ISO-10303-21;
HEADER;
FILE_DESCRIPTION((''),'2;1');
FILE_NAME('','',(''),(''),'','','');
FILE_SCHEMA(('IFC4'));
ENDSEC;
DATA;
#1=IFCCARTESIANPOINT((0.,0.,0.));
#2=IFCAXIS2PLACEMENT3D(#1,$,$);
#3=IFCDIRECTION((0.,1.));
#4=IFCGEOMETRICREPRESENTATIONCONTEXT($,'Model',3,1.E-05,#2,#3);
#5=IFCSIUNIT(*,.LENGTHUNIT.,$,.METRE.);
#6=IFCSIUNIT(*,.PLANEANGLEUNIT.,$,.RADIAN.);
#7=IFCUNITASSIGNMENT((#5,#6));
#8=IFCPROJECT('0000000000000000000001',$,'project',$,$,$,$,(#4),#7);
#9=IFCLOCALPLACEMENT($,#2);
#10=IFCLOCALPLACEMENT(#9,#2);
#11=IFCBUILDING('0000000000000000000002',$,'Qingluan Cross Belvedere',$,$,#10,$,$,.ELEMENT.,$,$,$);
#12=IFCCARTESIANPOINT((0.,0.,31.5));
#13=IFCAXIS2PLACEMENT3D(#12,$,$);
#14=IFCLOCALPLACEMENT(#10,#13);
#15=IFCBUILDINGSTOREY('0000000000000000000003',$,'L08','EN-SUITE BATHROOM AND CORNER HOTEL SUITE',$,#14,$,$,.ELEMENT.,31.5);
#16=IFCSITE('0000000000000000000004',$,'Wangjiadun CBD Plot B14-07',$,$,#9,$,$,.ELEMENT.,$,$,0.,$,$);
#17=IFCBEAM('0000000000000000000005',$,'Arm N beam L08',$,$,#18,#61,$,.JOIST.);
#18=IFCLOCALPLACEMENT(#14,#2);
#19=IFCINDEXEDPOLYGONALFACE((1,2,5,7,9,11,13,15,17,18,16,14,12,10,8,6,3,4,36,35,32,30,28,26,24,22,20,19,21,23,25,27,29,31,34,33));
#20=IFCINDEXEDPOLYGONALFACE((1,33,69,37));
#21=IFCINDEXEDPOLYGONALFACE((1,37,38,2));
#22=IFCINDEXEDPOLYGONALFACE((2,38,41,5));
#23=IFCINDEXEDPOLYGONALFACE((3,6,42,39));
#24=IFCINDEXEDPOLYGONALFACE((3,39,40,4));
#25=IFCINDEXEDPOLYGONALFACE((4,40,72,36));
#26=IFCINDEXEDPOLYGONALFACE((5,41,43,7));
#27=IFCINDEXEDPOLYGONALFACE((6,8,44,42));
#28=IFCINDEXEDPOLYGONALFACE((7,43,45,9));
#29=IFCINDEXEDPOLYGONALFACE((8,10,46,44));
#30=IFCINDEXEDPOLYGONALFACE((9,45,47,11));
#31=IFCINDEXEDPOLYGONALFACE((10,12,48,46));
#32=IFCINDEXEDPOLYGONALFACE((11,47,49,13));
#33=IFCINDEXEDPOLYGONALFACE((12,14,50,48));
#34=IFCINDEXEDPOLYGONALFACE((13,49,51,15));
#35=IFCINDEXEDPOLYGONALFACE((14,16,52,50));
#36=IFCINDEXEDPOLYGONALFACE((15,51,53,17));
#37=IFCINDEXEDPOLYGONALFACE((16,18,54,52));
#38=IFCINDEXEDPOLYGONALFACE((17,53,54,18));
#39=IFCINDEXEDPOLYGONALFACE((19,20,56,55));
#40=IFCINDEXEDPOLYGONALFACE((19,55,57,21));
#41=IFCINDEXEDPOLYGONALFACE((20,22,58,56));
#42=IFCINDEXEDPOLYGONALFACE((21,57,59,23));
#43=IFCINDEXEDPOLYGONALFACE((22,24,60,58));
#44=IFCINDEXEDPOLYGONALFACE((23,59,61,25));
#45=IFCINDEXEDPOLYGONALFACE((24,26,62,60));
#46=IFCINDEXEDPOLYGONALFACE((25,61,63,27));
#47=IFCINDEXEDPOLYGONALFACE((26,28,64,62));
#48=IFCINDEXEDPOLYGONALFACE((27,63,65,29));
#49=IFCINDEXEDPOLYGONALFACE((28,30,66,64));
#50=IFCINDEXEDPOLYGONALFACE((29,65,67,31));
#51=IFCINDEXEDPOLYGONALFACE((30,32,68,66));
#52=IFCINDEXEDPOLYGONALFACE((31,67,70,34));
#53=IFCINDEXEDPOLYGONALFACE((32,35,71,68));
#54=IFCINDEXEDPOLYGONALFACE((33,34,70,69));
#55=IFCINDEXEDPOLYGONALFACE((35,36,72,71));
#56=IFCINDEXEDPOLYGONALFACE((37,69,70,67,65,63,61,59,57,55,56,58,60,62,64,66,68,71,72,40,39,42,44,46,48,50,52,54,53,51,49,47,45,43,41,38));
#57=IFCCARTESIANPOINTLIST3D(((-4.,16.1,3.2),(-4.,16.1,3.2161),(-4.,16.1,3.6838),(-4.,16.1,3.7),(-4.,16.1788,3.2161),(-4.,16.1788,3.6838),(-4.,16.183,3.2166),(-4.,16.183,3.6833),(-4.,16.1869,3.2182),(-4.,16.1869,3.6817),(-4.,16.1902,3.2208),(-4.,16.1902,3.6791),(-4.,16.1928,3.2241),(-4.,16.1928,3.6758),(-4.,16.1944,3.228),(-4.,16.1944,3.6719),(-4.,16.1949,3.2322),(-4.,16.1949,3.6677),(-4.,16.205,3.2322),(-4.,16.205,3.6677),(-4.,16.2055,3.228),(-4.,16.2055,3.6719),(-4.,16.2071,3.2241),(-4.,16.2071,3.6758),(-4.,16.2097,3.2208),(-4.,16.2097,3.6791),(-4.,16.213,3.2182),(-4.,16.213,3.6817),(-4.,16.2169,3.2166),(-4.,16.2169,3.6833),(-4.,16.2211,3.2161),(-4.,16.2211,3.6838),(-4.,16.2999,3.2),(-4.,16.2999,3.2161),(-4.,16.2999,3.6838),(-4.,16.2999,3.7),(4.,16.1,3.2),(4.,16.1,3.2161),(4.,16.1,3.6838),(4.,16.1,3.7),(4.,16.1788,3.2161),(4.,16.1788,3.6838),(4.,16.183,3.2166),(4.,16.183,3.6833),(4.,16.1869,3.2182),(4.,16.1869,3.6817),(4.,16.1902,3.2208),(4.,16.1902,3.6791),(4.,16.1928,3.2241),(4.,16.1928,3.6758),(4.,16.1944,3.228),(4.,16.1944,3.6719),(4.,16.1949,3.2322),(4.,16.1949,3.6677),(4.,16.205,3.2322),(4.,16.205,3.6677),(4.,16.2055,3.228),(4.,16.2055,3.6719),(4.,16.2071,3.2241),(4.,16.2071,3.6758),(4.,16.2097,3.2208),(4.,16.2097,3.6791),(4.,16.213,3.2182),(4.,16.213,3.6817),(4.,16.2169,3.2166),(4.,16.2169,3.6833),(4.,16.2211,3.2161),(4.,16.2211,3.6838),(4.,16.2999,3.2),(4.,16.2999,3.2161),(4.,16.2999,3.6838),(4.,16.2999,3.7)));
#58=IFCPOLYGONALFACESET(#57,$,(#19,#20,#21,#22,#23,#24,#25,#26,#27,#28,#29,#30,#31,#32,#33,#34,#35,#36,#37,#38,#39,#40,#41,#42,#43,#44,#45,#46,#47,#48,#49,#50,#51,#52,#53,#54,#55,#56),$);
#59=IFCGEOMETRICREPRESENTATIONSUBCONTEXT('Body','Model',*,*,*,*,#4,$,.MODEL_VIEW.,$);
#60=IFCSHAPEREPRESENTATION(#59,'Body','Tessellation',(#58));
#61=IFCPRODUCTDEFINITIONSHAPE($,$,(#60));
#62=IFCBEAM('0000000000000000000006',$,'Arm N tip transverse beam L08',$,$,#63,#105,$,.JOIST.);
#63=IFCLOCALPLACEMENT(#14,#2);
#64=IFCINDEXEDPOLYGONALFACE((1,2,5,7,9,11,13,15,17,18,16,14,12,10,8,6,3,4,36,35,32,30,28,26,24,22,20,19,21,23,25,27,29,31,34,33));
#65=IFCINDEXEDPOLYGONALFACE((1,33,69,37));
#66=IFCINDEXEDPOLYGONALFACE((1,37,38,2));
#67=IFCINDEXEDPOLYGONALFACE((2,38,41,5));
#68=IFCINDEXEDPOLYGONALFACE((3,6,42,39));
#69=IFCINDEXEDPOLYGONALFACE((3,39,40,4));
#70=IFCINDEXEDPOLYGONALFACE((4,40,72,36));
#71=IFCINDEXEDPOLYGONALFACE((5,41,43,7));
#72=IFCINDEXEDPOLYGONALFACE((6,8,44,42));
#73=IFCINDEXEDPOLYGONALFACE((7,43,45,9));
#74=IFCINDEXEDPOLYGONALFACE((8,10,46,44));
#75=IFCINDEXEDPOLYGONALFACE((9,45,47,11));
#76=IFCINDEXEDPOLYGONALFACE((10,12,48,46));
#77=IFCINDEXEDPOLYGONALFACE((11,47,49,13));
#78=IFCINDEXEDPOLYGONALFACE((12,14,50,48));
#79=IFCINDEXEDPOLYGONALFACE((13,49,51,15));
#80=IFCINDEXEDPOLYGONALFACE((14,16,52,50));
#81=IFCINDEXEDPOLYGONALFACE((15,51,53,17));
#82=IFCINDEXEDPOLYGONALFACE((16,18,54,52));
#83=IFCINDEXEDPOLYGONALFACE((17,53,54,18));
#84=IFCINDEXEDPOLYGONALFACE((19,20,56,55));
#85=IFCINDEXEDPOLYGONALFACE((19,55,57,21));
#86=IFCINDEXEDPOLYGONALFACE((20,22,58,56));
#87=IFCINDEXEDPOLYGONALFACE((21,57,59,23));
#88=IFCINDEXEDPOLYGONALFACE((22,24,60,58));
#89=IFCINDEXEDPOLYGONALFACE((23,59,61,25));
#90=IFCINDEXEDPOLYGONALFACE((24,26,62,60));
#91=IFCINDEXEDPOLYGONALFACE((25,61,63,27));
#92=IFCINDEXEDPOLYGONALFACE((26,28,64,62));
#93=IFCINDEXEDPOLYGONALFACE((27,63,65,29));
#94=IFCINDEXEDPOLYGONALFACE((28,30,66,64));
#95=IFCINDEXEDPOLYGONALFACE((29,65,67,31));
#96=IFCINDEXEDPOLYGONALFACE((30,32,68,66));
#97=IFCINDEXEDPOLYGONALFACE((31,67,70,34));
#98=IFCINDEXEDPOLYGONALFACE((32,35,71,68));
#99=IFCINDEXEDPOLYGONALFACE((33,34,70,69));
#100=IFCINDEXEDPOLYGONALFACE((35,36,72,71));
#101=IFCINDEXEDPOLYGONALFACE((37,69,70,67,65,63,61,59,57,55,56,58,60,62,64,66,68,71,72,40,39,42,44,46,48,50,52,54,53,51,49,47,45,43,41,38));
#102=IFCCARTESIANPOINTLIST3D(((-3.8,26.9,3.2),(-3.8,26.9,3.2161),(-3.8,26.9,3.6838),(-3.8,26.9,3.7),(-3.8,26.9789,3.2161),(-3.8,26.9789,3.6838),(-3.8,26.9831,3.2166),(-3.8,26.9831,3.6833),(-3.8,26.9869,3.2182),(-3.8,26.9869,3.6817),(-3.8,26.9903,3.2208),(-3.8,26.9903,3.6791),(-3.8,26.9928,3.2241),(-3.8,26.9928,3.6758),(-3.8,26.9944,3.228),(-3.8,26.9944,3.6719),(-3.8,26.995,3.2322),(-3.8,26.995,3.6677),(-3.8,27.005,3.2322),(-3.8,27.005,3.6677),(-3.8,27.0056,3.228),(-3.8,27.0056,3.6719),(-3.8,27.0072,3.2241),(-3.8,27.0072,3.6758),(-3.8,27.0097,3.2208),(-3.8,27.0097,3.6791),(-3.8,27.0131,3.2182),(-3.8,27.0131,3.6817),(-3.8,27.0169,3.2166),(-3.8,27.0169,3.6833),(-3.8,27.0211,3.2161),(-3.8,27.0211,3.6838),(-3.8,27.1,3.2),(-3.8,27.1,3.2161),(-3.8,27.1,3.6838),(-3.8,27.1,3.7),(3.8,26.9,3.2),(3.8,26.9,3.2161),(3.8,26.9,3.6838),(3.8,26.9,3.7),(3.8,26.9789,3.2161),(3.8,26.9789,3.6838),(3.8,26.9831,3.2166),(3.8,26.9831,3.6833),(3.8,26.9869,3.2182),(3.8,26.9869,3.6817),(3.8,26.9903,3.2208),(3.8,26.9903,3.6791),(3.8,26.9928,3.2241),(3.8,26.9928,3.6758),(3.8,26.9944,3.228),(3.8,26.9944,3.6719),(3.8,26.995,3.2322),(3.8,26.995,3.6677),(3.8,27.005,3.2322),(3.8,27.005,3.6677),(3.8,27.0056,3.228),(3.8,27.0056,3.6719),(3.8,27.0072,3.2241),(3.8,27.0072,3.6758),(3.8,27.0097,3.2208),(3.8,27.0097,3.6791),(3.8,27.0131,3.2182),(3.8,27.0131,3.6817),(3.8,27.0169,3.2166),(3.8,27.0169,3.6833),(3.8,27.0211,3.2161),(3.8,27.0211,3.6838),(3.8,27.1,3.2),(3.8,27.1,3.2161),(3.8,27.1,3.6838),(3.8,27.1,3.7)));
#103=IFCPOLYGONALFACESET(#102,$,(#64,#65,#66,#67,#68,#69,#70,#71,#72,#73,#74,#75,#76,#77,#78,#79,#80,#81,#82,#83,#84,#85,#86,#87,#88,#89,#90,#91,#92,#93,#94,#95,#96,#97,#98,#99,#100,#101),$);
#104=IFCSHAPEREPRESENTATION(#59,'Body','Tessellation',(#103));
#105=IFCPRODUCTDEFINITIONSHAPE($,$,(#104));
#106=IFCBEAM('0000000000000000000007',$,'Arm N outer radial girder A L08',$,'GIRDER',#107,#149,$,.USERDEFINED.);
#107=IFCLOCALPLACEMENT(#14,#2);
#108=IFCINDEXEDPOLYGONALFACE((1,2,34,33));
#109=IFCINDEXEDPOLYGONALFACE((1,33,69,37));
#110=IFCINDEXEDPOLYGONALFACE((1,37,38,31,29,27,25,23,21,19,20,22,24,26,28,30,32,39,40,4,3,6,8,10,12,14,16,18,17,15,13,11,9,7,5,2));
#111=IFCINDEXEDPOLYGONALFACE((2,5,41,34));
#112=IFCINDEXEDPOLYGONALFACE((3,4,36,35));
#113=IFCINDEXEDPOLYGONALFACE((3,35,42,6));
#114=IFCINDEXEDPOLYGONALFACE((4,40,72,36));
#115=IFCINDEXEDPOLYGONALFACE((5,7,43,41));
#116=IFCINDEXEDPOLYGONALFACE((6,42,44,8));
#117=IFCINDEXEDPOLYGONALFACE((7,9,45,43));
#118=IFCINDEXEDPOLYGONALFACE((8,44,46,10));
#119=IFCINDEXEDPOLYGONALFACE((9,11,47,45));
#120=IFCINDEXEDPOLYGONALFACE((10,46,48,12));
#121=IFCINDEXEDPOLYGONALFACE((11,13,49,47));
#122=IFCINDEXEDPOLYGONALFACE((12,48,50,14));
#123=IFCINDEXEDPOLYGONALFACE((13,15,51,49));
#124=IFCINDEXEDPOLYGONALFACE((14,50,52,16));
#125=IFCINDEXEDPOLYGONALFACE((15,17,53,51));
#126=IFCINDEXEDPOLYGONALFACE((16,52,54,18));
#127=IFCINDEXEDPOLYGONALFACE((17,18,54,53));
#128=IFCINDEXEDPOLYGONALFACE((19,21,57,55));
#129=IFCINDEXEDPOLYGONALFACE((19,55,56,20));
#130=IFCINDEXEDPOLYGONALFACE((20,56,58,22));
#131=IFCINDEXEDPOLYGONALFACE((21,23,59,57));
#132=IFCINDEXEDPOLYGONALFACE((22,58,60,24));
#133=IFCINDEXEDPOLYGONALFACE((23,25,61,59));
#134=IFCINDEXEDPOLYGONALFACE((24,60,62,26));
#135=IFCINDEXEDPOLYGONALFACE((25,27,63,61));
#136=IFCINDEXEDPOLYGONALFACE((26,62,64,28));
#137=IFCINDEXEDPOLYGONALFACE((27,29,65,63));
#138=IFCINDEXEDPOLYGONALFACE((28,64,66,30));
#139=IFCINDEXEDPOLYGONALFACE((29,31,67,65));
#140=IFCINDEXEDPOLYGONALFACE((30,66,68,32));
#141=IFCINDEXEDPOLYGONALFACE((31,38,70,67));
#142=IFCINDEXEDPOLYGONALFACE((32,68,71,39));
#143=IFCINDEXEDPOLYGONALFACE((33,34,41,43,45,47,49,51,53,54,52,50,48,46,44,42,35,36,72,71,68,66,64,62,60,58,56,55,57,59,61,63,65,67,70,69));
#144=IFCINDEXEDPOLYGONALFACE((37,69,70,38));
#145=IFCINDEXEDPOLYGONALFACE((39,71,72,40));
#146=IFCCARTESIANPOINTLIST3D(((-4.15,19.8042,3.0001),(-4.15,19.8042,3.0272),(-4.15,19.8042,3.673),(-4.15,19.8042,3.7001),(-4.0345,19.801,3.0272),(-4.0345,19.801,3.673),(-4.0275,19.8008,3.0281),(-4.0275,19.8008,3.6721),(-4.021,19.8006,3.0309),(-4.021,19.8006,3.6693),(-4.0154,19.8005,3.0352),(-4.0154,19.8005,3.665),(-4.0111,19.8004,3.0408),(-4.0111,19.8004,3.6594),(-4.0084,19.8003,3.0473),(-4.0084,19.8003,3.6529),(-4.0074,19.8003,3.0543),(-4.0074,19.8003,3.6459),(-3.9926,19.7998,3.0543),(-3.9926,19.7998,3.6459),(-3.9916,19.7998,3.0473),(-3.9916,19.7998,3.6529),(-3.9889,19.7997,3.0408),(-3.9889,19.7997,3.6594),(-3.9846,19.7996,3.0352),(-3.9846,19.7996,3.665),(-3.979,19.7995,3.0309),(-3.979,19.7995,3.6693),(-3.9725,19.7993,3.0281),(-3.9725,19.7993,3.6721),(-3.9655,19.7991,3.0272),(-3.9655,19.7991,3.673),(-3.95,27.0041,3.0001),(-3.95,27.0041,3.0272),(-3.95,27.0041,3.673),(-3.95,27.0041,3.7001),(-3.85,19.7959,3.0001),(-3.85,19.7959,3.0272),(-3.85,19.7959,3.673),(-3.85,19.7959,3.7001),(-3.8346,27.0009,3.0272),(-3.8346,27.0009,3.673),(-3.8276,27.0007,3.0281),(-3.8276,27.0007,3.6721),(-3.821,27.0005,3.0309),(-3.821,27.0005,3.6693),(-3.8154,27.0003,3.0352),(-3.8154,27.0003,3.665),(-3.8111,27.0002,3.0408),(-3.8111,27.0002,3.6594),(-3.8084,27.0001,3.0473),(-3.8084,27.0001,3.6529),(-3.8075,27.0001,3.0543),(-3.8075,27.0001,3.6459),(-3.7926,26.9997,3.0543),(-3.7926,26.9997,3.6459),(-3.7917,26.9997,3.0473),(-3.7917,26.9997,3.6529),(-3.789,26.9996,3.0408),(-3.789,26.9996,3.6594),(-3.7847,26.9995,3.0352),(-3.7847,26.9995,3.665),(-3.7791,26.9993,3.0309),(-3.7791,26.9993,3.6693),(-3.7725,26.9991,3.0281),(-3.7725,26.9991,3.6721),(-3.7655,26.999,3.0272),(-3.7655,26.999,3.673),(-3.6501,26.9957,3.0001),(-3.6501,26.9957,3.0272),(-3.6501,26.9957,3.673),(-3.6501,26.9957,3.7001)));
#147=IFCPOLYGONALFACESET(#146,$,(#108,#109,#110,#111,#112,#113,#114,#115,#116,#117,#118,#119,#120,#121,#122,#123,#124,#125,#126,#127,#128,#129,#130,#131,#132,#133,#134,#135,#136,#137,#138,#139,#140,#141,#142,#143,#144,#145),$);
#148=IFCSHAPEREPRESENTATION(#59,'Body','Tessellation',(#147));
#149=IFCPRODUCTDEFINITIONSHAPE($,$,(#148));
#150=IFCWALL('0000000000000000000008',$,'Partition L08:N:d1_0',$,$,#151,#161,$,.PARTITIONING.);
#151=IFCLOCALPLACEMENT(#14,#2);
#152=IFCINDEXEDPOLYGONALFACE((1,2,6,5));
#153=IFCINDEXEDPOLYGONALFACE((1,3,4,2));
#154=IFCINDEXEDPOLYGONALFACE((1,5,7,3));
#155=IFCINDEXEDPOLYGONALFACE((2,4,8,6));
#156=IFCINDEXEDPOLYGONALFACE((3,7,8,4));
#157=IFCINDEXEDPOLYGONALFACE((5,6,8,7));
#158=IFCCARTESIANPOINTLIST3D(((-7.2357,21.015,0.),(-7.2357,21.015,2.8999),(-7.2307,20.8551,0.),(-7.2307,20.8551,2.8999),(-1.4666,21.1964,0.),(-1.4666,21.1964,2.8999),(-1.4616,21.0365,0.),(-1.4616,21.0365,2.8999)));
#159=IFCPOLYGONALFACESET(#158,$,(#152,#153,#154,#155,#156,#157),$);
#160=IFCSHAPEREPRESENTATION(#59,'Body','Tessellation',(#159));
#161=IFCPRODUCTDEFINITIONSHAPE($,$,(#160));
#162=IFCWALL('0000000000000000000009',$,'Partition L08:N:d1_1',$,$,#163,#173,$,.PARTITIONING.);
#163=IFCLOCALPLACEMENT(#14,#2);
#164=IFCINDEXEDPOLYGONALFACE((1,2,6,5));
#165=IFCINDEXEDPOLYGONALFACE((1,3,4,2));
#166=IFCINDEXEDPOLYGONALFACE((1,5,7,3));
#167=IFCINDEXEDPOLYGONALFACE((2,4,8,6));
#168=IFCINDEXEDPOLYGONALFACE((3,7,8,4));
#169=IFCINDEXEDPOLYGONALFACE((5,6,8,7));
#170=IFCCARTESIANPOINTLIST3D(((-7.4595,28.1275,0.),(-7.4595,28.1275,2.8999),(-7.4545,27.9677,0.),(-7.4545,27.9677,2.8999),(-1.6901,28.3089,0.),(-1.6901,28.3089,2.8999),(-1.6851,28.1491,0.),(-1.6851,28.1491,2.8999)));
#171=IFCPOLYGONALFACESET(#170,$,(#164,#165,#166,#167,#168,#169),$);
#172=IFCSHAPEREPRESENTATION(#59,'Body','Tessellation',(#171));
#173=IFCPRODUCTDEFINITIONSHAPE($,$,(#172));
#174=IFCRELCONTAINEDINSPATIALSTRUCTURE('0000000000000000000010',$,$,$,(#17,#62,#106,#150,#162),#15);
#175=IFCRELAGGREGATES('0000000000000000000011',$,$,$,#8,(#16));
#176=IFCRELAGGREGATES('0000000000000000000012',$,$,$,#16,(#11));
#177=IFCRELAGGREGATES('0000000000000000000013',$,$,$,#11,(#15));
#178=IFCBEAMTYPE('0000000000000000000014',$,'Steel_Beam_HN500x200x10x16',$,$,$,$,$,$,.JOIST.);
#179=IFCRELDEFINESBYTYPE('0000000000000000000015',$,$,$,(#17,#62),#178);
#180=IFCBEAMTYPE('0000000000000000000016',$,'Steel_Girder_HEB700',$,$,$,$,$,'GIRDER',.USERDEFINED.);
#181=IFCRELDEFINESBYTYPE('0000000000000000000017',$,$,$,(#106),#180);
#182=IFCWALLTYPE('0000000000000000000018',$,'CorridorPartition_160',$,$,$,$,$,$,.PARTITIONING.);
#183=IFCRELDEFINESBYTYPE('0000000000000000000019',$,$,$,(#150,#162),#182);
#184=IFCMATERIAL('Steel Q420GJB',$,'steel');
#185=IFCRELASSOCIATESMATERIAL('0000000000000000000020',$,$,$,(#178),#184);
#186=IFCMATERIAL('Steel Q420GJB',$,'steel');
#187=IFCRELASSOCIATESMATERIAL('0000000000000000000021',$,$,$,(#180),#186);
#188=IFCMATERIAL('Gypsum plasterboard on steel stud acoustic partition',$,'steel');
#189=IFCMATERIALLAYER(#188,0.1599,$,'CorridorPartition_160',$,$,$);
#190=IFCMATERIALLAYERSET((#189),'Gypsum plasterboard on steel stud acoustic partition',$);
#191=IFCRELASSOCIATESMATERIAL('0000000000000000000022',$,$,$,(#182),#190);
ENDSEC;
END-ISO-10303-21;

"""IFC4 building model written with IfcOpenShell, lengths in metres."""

from ifc_helpers import new_model, si_unit, direction, frame, frame_2d, origin, origin_2d, place, context, subcontext, project, spatial, rectangle, i_section, extrude, material, layer, layer_set, material_profile, profile_set, type_object, element, save


model = new_model("IFC4")

# Units and contexts
model_context = context("Model", 3, precision=1e-05, world=origin(), true_north=direction((0.0, 1.0)))
body_context = subcontext(model_context, "Body", "Model", "MODEL_VIEW")
ifc_project = project(units=[si_unit("LENGTHUNIT", "METRE"), si_unit("PLANEANGLEUNIT", "RADIAN")], contexts=[model_context])

# Site, building, storey
site_placement = place(None, origin())
site = spatial("IfcSite", under=ifc_project, at=site_placement, Name="Wangjiadun CBD Plot B14-07", CompositionType="ELEMENT", RefElevation=0.0)
building_placement = place(site_placement, origin())
building = spatial("IfcBuilding", under=site, at=building_placement, Name="Qingluan Cross Belvedere", CompositionType="ELEMENT")
storey_placement = place(building_placement, frame((0.0, 0.0, 31.5)))
storey = spatial("IfcBuildingStorey", under=building, at=storey_placement, Name="L08", Description="EN-SUITE BATHROOM AND CORNER HOTEL SUITE", CompositionType="ELEMENT", Elevation=31.5)

# Beams
ifc_material_1 = material(Name="Steel Q420GJB", Category="steel")
ifc_material_profile_1 = material_profile(ifc_material_1, i_section(OverallWidth=0.2, OverallDepth=0.5, WebThickness=0.01, FlangeThickness=0.0161, FilletRadius=0.0161, at=origin_2d()), Name="HN500x200x10x16")
ifc_profile_set_1 = profile_set([ifc_material_profile_1], Name="Steel Q420GJB")
beam_type_1 = type_object("IfcBeamType", Name="Steel_Beam_HN500x200x10x16", PredefinedType="JOIST", material=ifc_profile_set_1)
for number, where, z_axis, x_axis, name in (
    (1, (-4.0, 16.2, 3.45), (1.0, 0.0, 0.0), (0.0, 1.0, 0.0), "Arm N beam L08"),
):
    element("IfcBeam", number, at=place(storey_placement, frame(where, z_axis=z_axis, x_axis=x_axis)), inside=storey, type_object=beam_type_1, Name=name, PredefinedType="JOIST", context=body_context, shape_type="SweptSolid", body=[
        extrude(i_section(OverallWidth=0.2, OverallDepth=0.5, WebThickness=0.01, FlangeThickness=0.0161, FilletRadius=0.0161, at=origin_2d()), origin(), (0.0, 0.0, 1.0), 8.0),
    ])
beam_1_placement = place(storey_placement, frame((-3.8, 27.0, 3.45), z_axis=(1.0, 0.0, 0.0), x_axis=(0.0, 1.0, 0.0)))
element("IfcBeam", 2, at=beam_1_placement, inside=storey, type_object=beam_type_1, Name="Arm N tip transverse beam L08", PredefinedType="JOIST", context=body_context, shape_type="SweptSolid", body=[
    extrude(i_section(OverallWidth=0.2, OverallDepth=0.5, WebThickness=0.01, FlangeThickness=0.0161, FilletRadius=0.0161, at=origin_2d()), origin(), (0.0, 0.0, 1.0), 7.6001),
])
ifc_material_2 = material(Name="Steel Q420GJB", Category="steel")
ifc_material_profile_2 = material_profile(ifc_material_2, i_section(OverallWidth=0.3, OverallDepth=0.7, WebThickness=0.0149, FlangeThickness=0.0271, FilletRadius=0.0271, at=origin_2d()), Name="HEB700")
ifc_profile_set_2 = profile_set([ifc_material_profile_2], Name="Steel Q420GJB")
beam_type_2 = type_object("IfcBeamType", Name="Steel_Girder_HEB700", ElementType="GIRDER", PredefinedType="USERDEFINED", material=ifc_profile_set_2)
beam_2_placement = place(storey_placement, frame((-4.0, 19.8, 3.3501), z_axis=(0.02776, 0.999615, 0.0), x_axis=(-0.999615, 0.02776, 0.0)))
element("IfcBeam", 3, at=beam_2_placement, inside=storey, type_object=beam_type_2, Name="Arm N outer radial girder A L08", ObjectType="GIRDER", PredefinedType="USERDEFINED", context=body_context, shape_type="SweptSolid", body=[
    extrude(i_section(OverallWidth=0.3, OverallDepth=0.7, WebThickness=0.0149, FlangeThickness=0.0271, FilletRadius=0.0271, at=origin_2d()), origin(), (0.0, 0.0, 1.0), 7.2026),
])

# Walls
ifc_material_3 = material(Name="Gypsum plasterboard on steel stud acoustic partition", Category="steel")
ifc_layer_1 = layer(ifc_material_3, 0.1599, Name="CorridorPartition_160")
ifc_layer_set_1 = layer_set([ifc_layer_1], Name="Gypsum plasterboard on steel stud acoustic partition")
wall_type_1 = type_object("IfcWallType", Name="CorridorPartition_160", PredefinedType="PARTITIONING", material=ifc_layer_set_1)
wall_1_placement = place(storey_placement, frame((-1.4641, 21.1165, 0.0), z_axis=(0.0, 0.0, 1.0), x_axis=(-0.999506, -0.031428, 0.0)))
element("IfcWall", 4, at=wall_1_placement, inside=storey, type_object=wall_type_1, Name="Partition L08:N:d1_0", PredefinedType="PARTITIONING", context=body_context, shape_type="SweptSolid", body=[
    extrude(rectangle(XDim=5.772, YDim=0.1599, at=frame_2d((2.886, 0.0))), origin(), (0.0, 0.0, 1.0), 2.8999),
])
wall_2_placement = place(storey_placement, frame((-1.6875, 28.229, 0.0), z_axis=(0.0, 0.0, 1.0), x_axis=(-0.999506, -0.031426, 0.0)))
element("IfcWall", 5, at=wall_2_placement, inside=storey, type_object=wall_type_1, Name="Partition L08:N:d1_1", PredefinedType="PARTITIONING", context=body_context, shape_type="SweptSolid", body=[
    extrude(rectangle(XDim=5.7722, YDim=0.1599, at=frame_2d((2.8862, 0.0))), origin(), (0.0, 0.0, 1.0), 2.8999),
])

save(model, "model.ifc")
